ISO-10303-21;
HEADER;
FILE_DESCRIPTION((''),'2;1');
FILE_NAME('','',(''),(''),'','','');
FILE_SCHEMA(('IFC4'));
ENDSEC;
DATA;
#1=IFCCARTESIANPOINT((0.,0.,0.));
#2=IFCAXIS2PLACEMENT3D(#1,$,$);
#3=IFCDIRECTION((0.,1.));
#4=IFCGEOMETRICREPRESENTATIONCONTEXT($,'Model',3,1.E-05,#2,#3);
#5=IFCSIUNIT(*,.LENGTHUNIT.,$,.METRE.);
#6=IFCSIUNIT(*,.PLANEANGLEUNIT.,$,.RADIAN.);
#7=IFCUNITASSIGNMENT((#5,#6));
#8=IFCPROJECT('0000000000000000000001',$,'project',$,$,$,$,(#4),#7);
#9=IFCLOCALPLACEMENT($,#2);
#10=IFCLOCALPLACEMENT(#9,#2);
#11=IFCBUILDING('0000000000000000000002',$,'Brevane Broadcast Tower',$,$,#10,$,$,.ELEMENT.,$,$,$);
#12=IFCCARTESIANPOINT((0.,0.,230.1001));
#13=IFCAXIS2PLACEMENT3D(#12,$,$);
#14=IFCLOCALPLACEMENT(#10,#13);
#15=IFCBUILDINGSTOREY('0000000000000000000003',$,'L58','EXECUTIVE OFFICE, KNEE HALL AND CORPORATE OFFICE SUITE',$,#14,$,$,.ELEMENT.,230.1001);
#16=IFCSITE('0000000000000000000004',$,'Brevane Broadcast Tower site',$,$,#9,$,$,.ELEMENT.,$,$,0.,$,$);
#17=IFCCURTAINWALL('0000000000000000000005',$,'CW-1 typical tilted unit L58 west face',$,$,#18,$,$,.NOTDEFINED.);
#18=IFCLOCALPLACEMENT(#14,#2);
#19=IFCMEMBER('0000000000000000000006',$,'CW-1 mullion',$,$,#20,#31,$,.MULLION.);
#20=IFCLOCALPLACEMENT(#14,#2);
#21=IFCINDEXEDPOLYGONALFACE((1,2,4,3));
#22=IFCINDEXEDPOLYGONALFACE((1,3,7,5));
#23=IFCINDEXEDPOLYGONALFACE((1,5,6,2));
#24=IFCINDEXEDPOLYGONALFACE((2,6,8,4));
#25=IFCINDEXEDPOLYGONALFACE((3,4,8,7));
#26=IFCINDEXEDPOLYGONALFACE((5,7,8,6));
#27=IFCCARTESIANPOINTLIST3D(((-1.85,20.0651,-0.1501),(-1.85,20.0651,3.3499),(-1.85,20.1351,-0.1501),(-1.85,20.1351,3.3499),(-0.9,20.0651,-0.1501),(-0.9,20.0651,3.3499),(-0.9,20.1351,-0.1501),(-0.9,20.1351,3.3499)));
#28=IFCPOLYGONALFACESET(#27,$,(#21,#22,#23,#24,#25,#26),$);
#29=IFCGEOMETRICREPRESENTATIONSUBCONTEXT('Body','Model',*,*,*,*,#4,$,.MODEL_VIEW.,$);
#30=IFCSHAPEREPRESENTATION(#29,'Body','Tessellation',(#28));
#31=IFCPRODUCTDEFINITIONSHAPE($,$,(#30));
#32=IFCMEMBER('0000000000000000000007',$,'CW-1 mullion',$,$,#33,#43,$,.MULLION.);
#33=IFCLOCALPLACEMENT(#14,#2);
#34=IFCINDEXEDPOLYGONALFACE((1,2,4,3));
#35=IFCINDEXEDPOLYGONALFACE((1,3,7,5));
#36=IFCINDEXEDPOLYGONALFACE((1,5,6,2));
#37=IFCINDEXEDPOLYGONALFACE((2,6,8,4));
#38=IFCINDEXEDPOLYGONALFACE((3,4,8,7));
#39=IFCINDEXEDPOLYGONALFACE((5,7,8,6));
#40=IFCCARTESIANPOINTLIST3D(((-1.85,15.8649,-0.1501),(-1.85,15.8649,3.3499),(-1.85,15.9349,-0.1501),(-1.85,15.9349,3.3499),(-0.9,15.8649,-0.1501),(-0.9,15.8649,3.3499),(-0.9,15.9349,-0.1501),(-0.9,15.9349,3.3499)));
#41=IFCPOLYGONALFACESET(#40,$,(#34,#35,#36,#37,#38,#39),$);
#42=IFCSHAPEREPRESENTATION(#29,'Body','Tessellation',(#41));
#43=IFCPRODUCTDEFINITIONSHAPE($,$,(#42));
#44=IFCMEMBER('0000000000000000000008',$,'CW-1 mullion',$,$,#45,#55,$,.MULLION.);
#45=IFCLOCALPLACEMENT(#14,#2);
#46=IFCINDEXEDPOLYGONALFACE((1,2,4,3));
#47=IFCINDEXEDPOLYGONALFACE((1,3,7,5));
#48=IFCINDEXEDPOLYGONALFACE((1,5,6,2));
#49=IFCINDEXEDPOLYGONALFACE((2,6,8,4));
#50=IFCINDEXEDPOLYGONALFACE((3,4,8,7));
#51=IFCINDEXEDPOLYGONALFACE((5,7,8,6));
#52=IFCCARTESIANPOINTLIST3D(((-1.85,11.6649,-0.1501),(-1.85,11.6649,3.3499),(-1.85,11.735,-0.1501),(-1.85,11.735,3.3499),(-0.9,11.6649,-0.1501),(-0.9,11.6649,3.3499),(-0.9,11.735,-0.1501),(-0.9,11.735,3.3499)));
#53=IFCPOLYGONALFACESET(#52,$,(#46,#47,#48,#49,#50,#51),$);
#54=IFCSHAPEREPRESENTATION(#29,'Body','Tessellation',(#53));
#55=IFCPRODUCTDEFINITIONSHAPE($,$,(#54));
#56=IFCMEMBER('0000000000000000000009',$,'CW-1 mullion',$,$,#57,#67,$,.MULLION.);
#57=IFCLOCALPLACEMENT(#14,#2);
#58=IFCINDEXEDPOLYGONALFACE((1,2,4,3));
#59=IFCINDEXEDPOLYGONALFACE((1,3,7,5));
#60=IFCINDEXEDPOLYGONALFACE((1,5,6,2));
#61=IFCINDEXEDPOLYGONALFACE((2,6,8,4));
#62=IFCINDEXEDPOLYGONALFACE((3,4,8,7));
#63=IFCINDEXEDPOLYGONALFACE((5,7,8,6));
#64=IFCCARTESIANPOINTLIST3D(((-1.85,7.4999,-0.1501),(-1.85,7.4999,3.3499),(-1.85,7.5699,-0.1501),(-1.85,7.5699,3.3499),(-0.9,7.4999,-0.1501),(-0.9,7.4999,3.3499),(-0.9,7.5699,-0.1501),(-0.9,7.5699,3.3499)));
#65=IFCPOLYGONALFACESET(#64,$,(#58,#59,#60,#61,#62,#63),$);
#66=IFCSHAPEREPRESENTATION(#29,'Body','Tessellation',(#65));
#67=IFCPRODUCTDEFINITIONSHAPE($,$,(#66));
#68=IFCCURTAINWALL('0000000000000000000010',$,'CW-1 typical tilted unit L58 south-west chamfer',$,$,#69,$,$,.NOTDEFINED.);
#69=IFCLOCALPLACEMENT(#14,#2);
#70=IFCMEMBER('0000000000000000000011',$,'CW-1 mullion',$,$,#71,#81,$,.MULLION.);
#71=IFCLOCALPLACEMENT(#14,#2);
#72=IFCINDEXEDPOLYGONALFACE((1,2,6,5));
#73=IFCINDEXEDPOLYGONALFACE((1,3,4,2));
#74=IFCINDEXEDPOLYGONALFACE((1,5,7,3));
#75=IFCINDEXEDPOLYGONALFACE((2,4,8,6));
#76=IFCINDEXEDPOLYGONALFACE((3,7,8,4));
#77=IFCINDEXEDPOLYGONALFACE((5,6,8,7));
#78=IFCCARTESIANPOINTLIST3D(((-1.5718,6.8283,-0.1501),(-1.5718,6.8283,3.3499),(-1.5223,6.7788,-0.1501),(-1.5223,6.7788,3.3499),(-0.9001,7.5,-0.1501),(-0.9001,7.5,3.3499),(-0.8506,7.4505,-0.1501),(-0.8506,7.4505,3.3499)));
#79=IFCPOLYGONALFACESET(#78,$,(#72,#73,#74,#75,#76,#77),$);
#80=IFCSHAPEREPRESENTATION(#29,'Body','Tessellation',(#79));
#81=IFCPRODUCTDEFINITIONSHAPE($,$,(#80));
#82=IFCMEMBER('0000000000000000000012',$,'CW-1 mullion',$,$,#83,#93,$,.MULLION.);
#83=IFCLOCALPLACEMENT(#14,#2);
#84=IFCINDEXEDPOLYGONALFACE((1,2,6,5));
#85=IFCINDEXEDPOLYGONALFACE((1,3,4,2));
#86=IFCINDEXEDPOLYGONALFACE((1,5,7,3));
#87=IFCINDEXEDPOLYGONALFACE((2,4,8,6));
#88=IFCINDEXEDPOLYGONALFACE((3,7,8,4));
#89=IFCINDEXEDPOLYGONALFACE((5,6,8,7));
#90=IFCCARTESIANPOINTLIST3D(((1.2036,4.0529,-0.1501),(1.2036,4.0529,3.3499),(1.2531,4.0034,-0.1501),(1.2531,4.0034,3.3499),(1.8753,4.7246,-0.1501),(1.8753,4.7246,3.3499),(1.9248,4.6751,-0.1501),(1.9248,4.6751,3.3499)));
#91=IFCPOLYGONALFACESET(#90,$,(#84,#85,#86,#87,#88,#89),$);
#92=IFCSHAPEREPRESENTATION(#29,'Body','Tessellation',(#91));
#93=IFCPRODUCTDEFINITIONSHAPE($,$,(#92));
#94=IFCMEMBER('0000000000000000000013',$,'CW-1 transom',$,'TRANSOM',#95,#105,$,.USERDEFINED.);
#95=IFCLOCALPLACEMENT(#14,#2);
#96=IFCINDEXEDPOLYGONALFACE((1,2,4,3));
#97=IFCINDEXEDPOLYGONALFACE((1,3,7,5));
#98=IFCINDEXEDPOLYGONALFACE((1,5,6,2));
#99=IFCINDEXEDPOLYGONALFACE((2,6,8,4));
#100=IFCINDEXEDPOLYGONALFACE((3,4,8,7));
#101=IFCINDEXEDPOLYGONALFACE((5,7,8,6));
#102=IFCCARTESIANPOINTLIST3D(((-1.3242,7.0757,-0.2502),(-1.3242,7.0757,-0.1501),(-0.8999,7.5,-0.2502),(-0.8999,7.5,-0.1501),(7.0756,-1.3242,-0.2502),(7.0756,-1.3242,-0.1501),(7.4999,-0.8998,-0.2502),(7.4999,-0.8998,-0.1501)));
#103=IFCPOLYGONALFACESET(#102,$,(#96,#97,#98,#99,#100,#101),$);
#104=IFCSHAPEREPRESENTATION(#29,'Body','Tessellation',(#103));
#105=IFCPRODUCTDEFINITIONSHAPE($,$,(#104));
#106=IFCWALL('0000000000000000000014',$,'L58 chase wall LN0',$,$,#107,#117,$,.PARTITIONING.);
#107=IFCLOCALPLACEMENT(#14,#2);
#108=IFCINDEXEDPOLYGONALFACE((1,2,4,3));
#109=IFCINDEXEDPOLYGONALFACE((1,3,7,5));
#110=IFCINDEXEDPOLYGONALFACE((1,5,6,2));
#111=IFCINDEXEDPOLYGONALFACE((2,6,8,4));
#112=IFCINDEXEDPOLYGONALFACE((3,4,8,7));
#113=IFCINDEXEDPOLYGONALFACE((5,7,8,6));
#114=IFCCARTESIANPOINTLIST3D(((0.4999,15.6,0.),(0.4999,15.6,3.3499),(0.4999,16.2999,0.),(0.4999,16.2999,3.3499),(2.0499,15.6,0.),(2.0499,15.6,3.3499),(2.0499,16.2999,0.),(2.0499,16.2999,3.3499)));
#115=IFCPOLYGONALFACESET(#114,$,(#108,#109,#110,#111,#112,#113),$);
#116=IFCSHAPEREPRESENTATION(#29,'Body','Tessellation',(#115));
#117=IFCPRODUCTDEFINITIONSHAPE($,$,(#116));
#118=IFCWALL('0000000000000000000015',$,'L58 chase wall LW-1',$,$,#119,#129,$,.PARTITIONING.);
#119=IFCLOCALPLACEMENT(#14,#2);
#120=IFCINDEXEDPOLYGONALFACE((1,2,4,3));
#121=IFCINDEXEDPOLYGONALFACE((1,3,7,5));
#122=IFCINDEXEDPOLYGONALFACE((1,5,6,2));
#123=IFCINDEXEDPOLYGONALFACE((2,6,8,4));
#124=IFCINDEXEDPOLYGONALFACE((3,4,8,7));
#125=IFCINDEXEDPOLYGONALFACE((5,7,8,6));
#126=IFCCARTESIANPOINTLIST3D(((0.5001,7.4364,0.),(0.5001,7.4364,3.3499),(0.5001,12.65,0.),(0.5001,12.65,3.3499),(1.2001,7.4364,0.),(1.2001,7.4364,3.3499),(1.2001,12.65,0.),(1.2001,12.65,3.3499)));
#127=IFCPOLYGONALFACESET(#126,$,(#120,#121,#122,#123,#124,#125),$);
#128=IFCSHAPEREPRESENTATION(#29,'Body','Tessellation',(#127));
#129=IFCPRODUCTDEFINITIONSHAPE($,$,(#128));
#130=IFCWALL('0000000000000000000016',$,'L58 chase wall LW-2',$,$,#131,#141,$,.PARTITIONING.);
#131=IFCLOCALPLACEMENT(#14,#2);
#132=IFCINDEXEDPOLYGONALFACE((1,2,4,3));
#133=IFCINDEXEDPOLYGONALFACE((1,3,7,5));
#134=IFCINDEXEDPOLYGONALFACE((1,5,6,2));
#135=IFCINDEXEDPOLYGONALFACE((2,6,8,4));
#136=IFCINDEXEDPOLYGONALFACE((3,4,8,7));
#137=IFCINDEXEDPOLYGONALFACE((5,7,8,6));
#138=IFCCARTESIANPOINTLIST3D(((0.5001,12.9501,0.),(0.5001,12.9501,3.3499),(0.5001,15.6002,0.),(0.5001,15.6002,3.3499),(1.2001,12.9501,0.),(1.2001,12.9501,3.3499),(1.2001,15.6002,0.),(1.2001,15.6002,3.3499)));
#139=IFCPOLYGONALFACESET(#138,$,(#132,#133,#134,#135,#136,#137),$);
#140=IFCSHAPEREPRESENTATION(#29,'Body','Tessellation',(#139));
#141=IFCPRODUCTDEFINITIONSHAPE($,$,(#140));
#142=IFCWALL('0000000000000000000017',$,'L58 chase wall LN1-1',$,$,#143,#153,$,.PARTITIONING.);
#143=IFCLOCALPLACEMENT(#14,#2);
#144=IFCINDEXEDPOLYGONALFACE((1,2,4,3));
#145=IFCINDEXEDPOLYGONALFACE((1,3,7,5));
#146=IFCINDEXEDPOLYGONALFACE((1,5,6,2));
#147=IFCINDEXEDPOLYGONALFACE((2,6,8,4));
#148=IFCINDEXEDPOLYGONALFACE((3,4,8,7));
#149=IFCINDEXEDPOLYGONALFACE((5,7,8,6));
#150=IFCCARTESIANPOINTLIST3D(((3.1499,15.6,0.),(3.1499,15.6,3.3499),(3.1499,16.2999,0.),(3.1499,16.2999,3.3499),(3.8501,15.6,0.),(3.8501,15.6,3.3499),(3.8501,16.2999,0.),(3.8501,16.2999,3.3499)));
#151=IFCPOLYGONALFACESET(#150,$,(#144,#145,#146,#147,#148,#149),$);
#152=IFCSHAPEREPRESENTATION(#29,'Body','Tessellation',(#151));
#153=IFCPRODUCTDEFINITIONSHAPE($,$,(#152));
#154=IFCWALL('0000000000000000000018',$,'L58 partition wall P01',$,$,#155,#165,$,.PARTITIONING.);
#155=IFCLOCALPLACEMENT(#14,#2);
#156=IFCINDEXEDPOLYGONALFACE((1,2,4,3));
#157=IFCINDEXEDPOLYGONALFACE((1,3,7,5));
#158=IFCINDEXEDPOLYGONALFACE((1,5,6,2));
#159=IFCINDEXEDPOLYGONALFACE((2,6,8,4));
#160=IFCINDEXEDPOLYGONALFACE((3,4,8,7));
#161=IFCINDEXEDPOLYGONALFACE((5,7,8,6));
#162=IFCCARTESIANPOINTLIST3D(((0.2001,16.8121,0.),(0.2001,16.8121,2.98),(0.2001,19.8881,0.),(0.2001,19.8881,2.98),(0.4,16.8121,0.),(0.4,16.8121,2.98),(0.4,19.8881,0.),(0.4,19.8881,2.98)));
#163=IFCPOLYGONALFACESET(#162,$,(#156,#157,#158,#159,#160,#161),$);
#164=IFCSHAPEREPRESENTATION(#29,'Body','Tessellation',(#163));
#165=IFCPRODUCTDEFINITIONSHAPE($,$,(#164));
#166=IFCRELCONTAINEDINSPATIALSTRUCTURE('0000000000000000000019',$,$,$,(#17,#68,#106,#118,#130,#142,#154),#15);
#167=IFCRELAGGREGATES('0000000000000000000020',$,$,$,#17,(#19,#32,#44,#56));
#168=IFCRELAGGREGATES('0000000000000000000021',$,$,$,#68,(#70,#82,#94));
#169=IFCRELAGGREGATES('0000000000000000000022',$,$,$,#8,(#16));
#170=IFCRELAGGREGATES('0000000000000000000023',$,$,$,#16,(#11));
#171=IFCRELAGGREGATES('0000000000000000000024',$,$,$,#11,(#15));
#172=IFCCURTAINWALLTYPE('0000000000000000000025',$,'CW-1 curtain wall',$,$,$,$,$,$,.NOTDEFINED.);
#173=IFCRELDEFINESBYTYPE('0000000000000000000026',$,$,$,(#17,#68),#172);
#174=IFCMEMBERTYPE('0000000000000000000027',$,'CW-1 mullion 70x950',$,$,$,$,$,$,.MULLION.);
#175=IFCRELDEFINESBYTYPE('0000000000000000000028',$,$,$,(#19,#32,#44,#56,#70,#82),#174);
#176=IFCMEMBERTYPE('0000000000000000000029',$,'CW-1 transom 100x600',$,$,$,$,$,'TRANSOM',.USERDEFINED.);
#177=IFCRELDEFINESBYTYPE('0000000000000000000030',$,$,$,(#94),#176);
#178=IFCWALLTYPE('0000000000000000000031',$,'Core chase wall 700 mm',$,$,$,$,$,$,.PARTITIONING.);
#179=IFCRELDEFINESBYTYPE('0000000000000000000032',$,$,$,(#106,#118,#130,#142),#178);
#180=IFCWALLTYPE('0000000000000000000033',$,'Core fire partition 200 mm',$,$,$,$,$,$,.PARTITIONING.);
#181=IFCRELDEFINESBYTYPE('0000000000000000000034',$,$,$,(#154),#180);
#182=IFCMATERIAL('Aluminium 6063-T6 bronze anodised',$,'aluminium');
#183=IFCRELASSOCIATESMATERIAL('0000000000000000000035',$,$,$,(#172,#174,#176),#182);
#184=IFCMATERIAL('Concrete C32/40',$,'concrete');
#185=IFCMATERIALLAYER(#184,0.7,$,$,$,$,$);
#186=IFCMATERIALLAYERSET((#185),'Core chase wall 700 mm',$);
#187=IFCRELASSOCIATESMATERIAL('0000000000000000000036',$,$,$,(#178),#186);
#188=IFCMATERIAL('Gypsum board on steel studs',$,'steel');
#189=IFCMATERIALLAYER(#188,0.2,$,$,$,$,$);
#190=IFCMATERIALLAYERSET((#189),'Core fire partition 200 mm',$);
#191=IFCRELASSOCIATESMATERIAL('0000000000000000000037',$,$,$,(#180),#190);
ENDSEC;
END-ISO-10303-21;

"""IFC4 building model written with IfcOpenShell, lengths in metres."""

from ifc_helpers import new_model, si_unit, direction, frame, frame_2d, origin, origin_2d, place, context, subcontext, project, spatial, rectangle, extrude, material, layer, layer_set, material_profile, profile_set, type_object, element, aggregate, save


model = new_model("IFC4")

# Units and contexts
model_context = context("Model", 3, precision=1e-05, world=origin(), true_north=direction((0.0, 1.0)))
body_context = subcontext(model_context, "Body", "Model", "MODEL_VIEW")
ifc_project = project(units=[si_unit("LENGTHUNIT", "METRE"), si_unit("PLANEANGLEUNIT", "RADIAN")], contexts=[model_context])

# Site, building, storey
site_placement = place(None, origin())
site = spatial("IfcSite", under=ifc_project, at=site_placement, Name="Brevane Broadcast Tower site", CompositionType="ELEMENT", RefElevation=0.0)
building_placement = place(site_placement, origin())
building = spatial("IfcBuilding", under=site, at=building_placement, Name="Brevane Broadcast Tower", CompositionType="ELEMENT")
storey_placement = place(building_placement, frame((0.0, 0.0, 230.1001)))
storey = spatial("IfcBuildingStorey", under=building, at=storey_placement, Name="L58", Description="EXECUTIVE OFFICE, KNEE HALL AND CORPORATE OFFICE SUITE", CompositionType="ELEMENT", Elevation=230.1001)

# Curtain walls, members
ifc_material_1 = material(Name="Aluminium 6063-T6 bronze anodised", Category="aluminium")
curtain_wall_type = type_object("IfcCurtainWallType", Name="CW-1 curtain wall", PredefinedType="NOTDEFINED", material=ifc_material_1)
curtain_wall_1_placement = place(storey_placement, origin())
curtain_wall_1 = element("IfcCurtainWall", 1, at=curtain_wall_1_placement, inside=storey, type_object=curtain_wall_type, Name="CW-1 typical tilted unit L58 west face", PredefinedType="NOTDEFINED")
ifc_material_profile_1 = material_profile(ifc_material_1, rectangle(XDim=0.95, YDim=0.0701, at=origin_2d()), Name="RECT 70x950")
ifc_profile_set_1 = profile_set([ifc_material_profile_1], Name="Aluminium 6063-T6 bronze anodised")
member_type_1 = type_object("IfcMemberType", Name="CW-1 mullion 70x950", PredefinedType="MULLION", material=ifc_profile_set_1)
member_1_placement = place(storey_placement, frame((-1.375, 20.1001, -0.1501), z_axis=(0.0, 0.0, 1.0), x_axis=(1.0, 0.0, 0.0)))
member_1 = element("IfcMember", 2, at=member_1_placement, type_object=member_type_1, Name="CW-1 mullion", PredefinedType="MULLION", context=body_context, shape_type="SweptSolid", body=[
    extrude(rectangle(XDim=0.95, YDim=0.0701, at=origin_2d()), origin(), (0.0, 0.0, 1.0), 3.5),
])
member_2_placement = place(storey_placement, frame((-1.375, 15.8999, -0.1501), z_axis=(0.0, 0.0, 1.0), x_axis=(1.0, 0.0, 0.0)))
member_2 = element("IfcMember", 3, at=member_2_placement, type_object=member_type_1, Name="CW-1 mullion", PredefinedType="MULLION", context=body_context, shape_type="SweptSolid", body=[
    extrude(rectangle(XDim=0.95, YDim=0.0701, at=origin_2d()), origin(), (0.0, 0.0, 1.0), 3.5),
])
member_3_placement = place(storey_placement, frame((-1.375, 11.7, -0.1501), z_axis=(0.0, 0.0, 1.0), x_axis=(1.0, 0.0, 0.0)))
member_3 = element("IfcMember", 4, at=member_3_placement, type_object=member_type_1, Name="CW-1 mullion", PredefinedType="MULLION", context=body_context, shape_type="SweptSolid", body=[
    extrude(rectangle(XDim=0.95, YDim=0.0701, at=origin_2d()), origin(), (0.0, 0.0, 1.0), 3.5),
])
member_4_placement = place(storey_placement, frame((-1.375, 7.5349, -0.1501), z_axis=(0.0, 0.0, 1.0), x_axis=(1.0, 0.0, 0.0)))
member_4 = element("IfcMember", 5, at=member_4_placement, type_object=member_type_1, Name="CW-1 mullion", PredefinedType="MULLION", context=body_context, shape_type="SweptSolid", body=[
    extrude(rectangle(XDim=0.95, YDim=0.0701, at=origin_2d()), origin(), (0.0, 0.0, 1.0), 3.5),
])
aggregate(curtain_wall_1, [member_1, member_2, member_3, member_4])
curtain_wall_2_placement = place(storey_placement, origin())
curtain_wall_2 = element("IfcCurtainWall", 6, at=curtain_wall_2_placement, inside=storey, type_object=curtain_wall_type, Name="CW-1 typical tilted unit L58 south-west chamfer", PredefinedType="NOTDEFINED")
member_5_placement = place(storey_placement, frame((-1.2112, 7.1394, -0.1501), z_axis=(0.0, 0.0, 1.0), x_axis=(0.707107, 0.707107, 0.0)))
member_5 = element("IfcMember", 7, at=member_5_placement, type_object=member_type_1, Name="CW-1 mullion", PredefinedType="MULLION", context=body_context, shape_type="SweptSolid", body=[
    extrude(rectangle(XDim=0.95, YDim=0.0701, at=origin_2d()), origin(), (0.0, 0.0, 1.0), 3.5),
])
member_6_placement = place(storey_placement, frame((1.5642, 4.364, -0.1501), z_axis=(0.0, 0.0, 1.0), x_axis=(0.707107, 0.707107, 0.0)))
member_6 = element("IfcMember", 8, at=member_6_placement, type_object=member_type_1, Name="CW-1 mullion", PredefinedType="MULLION", context=body_context, shape_type="SweptSolid", body=[
    extrude(rectangle(XDim=0.95, YDim=0.0701, at=origin_2d()), origin(), (0.0, 0.0, 1.0), 3.5),
])
ifc_material_profile_2 = material_profile(ifc_material_1, rectangle(XDim=0.6001, YDim=0.1001, at=origin_2d()), Name="RECT 100x600")
ifc_profile_set_2 = profile_set([ifc_material_profile_2], Name="Aluminium 6063-T6 bronze anodised")
member_type_2 = type_object("IfcMemberType", Name="CW-1 transom 100x600", ElementType="TRANSOM", PredefinedType="USERDEFINED", material=ifc_profile_set_2)
member_7_placement = place(storey_placement, frame((-1.1121, 7.2878, -0.2002), z_axis=(0.707107, -0.707107, 0.0), x_axis=(0.707107, 0.707107, 0.0)))
member_7 = element("IfcMember", 9, at=member_7_placement, type_object=member_type_2, Name="CW-1 transom", ObjectType="TRANSOM", PredefinedType="USERDEFINED", context=body_context, shape_type="SweptSolid", body=[
    extrude(rectangle(XDim=0.6001, YDim=0.1001, at=origin_2d()), origin(), (0.0, 0.0, 1.0), 11.8792),
])
aggregate(curtain_wall_2, [member_5, member_6, member_7])

# Walls
ifc_material_2 = material(Name="Concrete C32/40", Category="concrete")
ifc_layer_1 = layer(ifc_material_2, 0.7)
ifc_layer_set_1 = layer_set([ifc_layer_1], Name="Core chase wall 700 mm")
wall_type_1 = type_object("IfcWallType", Name="Core chase wall 700 mm", PredefinedType="PARTITIONING", material=ifc_layer_set_1)
wall_1_placement = place(storey_placement, frame((0.5, 15.95, 0.0), z_axis=(0.0, 0.0, 1.0), x_axis=(1.0, 0.0, 0.0)))
element("IfcWall", 10, at=wall_1_placement, inside=storey, type_object=wall_type_1, Name="L58 chase wall LN0", PredefinedType="PARTITIONING", context=body_context, shape_type="SweptSolid", body=[
    extrude(rectangle(XDim=1.55, YDim=0.7, at=frame_2d((0.7749, 0.0))), origin(), (0.0, 0.0, 1.0), 3.3499),
])
wall_2_placement = place(storey_placement, frame((0.8501, 7.4363, 0.0), z_axis=(0.0, 0.0, 1.0), x_axis=(0.0, 1.0, 0.0)))
element("IfcWall", 11, at=wall_2_placement, inside=storey, type_object=wall_type_1, Name="L58 chase wall LW-1", PredefinedType="PARTITIONING", context=body_context, shape_type="SweptSolid", body=[
    extrude(rectangle(XDim=5.2136, YDim=0.7, at=frame_2d((2.6069, 0.0))), origin(), (0.0, 0.0, 1.0), 3.3499),
])
wall_3_placement = place(storey_placement, frame((0.8501, 12.95, 0.0), z_axis=(0.0, 0.0, 1.0), x_axis=(0.0, 1.0, 0.0)))
element("IfcWall", 12, at=wall_3_placement, inside=storey, type_object=wall_type_1, Name="L58 chase wall LW-2", PredefinedType="PARTITIONING", context=body_context, shape_type="SweptSolid", body=[
    extrude(rectangle(XDim=2.6501, YDim=0.7, at=frame_2d((1.3252, 0.0))), origin(), (0.0, 0.0, 1.0), 3.3499),
])
wall_4_placement = place(storey_placement, frame((3.1499, 15.95, 0.0), z_axis=(0.0, 0.0, 1.0), x_axis=(1.0, 0.0, 0.0)))
element("IfcWall", 13, at=wall_4_placement, inside=storey, type_object=wall_type_1, Name="L58 chase wall LN1-1", PredefinedType="PARTITIONING", context=body_context, shape_type="SweptSolid", body=[
    extrude(rectangle(XDim=0.7002, YDim=0.7, at=frame_2d((0.3501, 0.0))), origin(), (0.0, 0.0, 1.0), 3.3499),
])
ifc_material_3 = material(Name="Gypsum board on steel studs", Category="steel")
ifc_layer_2 = layer(ifc_material_3, 0.2)
ifc_layer_set_2 = layer_set([ifc_layer_2], Name="Core fire partition 200 mm")
wall_type_2 = type_object("IfcWallType", Name="Core fire partition 200 mm", PredefinedType="PARTITIONING", material=ifc_layer_set_2)
wall_5_placement = place(storey_placement, frame((0.3, 16.812, 0.0), z_axis=(0.0, 0.0, 1.0), x_axis=(0.0, 1.0, 0.0)))
element("IfcWall", 14, at=wall_5_placement, inside=storey, type_object=wall_type_2, Name="L58 partition wall P01", PredefinedType="PARTITIONING", context=body_context, shape_type="SweptSolid", body=[
    extrude(rectangle(XDim=3.0759, YDim=0.2, at=frame_2d((1.5381, 0.0))), origin(), (0.0, 0.0, 1.0), 2.98),
])

save(model, "model.ifc")
